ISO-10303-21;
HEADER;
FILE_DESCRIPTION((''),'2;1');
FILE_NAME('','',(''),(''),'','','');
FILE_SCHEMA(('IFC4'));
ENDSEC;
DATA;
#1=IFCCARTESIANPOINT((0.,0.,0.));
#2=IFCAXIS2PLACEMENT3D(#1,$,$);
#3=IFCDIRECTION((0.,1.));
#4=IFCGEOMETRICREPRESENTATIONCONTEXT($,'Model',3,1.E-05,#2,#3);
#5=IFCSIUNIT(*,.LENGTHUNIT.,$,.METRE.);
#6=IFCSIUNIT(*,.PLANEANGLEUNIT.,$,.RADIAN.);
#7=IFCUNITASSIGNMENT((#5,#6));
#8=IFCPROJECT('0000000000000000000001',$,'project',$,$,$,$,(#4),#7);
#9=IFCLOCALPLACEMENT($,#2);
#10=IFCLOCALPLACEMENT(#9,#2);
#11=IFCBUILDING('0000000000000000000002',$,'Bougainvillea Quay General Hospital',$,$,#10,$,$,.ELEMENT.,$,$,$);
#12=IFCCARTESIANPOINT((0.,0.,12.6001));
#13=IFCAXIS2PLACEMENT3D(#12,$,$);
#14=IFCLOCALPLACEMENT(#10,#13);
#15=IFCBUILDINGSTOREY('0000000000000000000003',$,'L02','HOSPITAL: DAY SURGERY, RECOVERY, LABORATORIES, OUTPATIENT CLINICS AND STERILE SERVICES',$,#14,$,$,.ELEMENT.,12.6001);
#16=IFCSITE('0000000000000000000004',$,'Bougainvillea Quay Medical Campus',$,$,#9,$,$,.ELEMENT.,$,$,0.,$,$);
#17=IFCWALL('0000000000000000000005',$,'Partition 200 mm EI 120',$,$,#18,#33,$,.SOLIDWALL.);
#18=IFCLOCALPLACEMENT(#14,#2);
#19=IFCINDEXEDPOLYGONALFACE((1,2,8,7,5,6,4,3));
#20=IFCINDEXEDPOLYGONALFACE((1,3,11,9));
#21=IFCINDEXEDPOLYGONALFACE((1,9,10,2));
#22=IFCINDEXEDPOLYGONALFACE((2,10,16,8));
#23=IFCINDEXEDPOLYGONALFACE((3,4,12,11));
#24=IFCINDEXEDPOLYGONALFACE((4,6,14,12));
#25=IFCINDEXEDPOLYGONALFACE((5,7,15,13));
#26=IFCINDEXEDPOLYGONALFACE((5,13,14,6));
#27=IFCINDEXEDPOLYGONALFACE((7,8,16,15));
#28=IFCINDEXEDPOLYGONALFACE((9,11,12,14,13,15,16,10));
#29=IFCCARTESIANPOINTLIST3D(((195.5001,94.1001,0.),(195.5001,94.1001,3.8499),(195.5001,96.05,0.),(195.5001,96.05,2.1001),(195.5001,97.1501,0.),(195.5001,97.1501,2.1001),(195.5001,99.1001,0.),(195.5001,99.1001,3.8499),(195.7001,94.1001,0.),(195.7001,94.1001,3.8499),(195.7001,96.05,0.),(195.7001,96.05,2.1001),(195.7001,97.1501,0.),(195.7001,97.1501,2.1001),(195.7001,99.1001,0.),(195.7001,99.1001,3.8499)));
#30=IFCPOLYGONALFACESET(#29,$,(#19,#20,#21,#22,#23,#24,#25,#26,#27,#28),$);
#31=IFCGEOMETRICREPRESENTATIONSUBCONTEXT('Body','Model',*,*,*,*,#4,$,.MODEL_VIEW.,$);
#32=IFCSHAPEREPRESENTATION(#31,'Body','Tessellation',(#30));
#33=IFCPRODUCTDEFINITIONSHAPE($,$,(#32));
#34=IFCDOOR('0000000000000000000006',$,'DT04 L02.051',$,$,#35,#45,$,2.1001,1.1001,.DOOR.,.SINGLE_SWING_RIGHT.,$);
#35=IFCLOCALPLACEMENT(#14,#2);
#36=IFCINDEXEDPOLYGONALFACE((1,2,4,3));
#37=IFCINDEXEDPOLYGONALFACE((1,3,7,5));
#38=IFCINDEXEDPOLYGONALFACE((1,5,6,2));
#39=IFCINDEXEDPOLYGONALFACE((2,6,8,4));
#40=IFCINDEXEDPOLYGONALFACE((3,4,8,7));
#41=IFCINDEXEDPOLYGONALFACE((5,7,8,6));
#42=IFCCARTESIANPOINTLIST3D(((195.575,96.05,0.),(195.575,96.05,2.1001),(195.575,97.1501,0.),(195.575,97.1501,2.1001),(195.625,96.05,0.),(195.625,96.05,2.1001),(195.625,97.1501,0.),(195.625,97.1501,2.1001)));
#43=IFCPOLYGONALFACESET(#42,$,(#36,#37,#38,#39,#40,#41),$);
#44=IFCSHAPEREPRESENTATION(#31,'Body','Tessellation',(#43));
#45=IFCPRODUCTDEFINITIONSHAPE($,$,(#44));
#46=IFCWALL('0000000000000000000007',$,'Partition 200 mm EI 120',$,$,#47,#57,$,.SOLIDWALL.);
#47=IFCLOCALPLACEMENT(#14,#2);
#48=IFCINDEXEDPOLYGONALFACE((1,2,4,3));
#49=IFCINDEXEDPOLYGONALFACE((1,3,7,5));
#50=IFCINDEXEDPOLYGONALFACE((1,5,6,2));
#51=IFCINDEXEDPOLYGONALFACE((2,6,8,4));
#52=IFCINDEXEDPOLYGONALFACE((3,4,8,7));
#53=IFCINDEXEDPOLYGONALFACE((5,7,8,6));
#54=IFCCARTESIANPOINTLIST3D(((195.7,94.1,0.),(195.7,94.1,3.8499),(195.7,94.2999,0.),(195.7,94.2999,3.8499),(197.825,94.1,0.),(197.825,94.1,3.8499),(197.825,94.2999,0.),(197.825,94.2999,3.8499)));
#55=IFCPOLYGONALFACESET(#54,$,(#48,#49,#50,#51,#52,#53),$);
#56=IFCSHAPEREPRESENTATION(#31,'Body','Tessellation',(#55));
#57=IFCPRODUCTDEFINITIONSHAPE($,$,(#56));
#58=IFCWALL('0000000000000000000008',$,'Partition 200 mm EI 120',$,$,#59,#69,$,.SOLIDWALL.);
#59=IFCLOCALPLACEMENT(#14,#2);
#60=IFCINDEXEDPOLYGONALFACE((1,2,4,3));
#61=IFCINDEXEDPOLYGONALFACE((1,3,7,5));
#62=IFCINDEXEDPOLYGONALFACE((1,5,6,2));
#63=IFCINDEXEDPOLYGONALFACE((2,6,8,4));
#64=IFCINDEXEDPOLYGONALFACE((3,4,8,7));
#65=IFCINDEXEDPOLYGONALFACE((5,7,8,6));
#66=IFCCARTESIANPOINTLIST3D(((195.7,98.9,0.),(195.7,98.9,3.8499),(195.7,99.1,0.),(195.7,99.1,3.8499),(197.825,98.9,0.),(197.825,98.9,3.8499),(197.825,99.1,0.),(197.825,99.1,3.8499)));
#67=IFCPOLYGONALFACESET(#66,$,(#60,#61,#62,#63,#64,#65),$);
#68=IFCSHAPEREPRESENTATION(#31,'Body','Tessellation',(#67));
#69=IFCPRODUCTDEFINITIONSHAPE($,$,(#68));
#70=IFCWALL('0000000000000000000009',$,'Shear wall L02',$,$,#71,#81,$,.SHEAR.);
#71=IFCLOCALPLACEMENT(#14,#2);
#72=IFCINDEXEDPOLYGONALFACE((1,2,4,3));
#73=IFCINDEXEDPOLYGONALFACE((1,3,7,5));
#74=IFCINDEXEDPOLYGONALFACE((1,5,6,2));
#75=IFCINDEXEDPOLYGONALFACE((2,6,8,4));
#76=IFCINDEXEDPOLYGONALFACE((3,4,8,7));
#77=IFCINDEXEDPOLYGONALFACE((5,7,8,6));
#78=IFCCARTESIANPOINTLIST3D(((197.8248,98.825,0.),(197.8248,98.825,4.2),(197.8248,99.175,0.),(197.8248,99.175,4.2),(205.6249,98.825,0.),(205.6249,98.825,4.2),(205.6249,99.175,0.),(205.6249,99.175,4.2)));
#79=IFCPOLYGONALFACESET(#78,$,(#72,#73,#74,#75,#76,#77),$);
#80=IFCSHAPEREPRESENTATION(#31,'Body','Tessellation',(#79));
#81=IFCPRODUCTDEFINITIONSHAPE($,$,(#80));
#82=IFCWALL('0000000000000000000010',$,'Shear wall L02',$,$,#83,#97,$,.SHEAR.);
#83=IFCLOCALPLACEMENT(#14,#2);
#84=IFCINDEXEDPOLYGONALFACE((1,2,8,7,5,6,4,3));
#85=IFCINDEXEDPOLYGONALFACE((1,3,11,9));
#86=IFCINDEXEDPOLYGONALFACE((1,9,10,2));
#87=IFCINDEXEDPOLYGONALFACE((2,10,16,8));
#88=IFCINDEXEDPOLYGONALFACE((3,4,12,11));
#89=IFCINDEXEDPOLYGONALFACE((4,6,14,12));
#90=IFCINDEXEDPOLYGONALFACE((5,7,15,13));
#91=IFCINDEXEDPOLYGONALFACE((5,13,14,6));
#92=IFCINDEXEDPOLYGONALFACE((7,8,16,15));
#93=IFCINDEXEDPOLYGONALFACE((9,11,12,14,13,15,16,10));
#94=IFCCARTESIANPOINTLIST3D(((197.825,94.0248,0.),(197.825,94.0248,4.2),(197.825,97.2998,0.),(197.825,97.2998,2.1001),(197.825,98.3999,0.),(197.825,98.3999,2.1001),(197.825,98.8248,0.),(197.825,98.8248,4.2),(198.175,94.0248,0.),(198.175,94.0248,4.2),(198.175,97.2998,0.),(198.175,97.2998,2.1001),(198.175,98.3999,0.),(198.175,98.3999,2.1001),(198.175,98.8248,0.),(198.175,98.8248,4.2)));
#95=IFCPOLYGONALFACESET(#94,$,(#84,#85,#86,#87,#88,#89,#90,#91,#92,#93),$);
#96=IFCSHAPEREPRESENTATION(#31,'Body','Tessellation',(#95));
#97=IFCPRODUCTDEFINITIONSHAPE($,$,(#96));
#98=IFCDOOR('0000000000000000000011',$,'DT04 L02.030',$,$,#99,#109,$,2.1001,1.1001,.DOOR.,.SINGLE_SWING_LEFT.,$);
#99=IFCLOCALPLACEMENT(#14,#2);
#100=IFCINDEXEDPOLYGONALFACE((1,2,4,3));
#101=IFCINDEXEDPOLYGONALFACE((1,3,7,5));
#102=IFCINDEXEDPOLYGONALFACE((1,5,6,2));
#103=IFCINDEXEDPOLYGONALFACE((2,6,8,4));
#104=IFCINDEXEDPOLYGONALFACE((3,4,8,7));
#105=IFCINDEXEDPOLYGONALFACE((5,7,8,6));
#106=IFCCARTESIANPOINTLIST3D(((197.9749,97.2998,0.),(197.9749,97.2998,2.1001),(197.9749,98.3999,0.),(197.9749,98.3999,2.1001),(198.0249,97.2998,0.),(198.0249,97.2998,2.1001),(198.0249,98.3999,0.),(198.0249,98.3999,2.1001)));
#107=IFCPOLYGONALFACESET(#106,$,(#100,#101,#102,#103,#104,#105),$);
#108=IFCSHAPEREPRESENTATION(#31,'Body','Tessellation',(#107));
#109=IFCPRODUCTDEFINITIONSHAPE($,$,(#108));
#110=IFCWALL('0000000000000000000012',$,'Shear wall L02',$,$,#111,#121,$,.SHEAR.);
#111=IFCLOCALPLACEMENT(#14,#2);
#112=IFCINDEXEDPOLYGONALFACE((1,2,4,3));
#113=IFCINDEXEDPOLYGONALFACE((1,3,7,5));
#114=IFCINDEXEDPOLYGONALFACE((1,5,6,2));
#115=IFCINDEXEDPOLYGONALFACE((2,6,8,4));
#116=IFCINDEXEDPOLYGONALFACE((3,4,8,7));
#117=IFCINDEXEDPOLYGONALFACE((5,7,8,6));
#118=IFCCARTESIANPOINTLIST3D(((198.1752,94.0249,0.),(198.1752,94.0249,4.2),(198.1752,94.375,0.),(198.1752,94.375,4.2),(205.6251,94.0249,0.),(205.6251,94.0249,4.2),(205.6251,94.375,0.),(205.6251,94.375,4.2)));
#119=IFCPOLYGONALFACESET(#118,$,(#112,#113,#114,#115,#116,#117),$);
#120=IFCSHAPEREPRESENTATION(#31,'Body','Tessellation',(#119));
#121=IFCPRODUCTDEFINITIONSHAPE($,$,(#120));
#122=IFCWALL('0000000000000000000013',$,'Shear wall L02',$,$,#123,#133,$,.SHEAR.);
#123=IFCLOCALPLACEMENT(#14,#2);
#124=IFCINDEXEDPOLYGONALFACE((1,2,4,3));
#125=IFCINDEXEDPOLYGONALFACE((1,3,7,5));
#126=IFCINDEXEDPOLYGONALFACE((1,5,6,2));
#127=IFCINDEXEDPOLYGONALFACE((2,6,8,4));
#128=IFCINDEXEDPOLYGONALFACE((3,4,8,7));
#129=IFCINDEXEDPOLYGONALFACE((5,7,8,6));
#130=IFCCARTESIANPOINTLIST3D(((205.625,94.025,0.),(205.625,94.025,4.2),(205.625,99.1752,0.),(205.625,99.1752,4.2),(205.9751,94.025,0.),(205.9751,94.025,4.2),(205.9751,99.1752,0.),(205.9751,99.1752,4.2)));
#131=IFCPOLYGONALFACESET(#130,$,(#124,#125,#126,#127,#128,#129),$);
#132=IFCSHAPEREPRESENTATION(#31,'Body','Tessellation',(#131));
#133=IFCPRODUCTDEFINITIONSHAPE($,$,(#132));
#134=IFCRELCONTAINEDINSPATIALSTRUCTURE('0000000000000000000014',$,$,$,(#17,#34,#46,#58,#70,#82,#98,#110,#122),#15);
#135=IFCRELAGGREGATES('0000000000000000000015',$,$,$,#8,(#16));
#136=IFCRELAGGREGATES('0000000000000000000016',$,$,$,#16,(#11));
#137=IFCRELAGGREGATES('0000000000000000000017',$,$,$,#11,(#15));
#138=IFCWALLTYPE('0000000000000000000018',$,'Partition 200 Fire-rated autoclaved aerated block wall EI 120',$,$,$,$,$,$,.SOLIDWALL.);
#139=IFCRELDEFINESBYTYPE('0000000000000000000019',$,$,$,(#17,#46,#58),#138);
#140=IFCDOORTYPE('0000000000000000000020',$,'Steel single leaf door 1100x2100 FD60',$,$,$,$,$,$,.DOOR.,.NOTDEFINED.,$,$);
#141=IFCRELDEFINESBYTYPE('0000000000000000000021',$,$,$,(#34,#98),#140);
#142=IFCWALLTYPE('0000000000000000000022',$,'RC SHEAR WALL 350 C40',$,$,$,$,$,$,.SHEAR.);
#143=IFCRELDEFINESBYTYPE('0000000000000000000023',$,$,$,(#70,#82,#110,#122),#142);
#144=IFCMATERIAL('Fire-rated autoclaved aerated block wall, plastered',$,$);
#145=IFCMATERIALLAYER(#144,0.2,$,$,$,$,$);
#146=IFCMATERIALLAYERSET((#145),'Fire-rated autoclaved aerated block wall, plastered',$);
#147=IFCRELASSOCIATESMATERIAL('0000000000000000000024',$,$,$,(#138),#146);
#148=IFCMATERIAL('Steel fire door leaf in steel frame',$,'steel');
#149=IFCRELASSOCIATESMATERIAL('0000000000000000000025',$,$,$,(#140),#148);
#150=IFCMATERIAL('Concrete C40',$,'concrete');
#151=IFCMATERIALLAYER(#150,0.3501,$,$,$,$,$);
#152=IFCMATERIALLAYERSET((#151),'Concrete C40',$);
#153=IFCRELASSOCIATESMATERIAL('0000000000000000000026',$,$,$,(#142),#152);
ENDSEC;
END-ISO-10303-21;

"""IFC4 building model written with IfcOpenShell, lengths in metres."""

from ifc_helpers import new_model, si_unit, direction, frame, frame_2d, origin, place, context, subcontext, project, spatial, rectangle, extrude, material, layer, layer_set, type_object, element, fill, save


model = new_model("IFC4")

# Units and contexts
model_context = context("Model", 3, precision=1e-05, world=origin(), true_north=direction((0.0, 1.0)))
body_context = subcontext(model_context, "Body", "Model", "MODEL_VIEW")
ifc_project = project(units=[si_unit("LENGTHUNIT", "METRE"), si_unit("PLANEANGLEUNIT", "RADIAN")], contexts=[model_context])

# Site, building, storey
site_placement = place(None, origin())
site = spatial("IfcSite", under=ifc_project, at=site_placement, Name="Bougainvillea Quay Medical Campus", CompositionType="ELEMENT", RefElevation=0.0)
building_placement = place(site_placement, origin())
building = spatial("IfcBuilding", under=site, at=building_placement, Name="Bougainvillea Quay General Hospital", CompositionType="ELEMENT")
storey_placement = place(building_placement, frame((0.0, 0.0, 12.6001)))
storey = spatial("IfcBuildingStorey", under=building, at=storey_placement, Name="L02", Description="HOSPITAL: DAY SURGERY, RECOVERY, LABORATORIES, OUTPATIENT CLINICS AND STERILE SERVICES", CompositionType="ELEMENT", Elevation=12.6001)

# Shared definitions
ifc_material_1 = material(Name="Concrete C40", Category="concrete")

# Wall, opening, door
ifc_material_2 = material(Name="Fire-rated autoclaved aerated block wall, plastered")
ifc_layer_1 = layer(ifc_material_2, 0.2)
ifc_layer_set_1 = layer_set([ifc_layer_1], Name="Fire-rated autoclaved aerated block wall, plastered")
wall_type_1 = type_object("IfcWallType", Name="Partition 200 Fire-rated autoclaved aerated block wall EI 120", PredefinedType="SOLIDWALL", material=ifc_layer_set_1)
wall_1_placement = place(storey_placement, frame((195.6001, 94.1001, 0.0), z_axis=(0.0, 0.0, 1.0), x_axis=(0.0, 1.0, 0.0)))
wall_1 = element("IfcWall", 1, at=wall_1_placement, inside=storey, type_object=wall_type_1, Name="Partition 200 mm EI 120", PredefinedType="SOLIDWALL", context=body_context, shape_type="SweptSolid", body=[
    extrude(rectangle(XDim=5.0, YDim=0.2, at=frame_2d((2.5, 0.0))), origin(), (0.0, 0.0, 1.0), 3.8499),
])
opening_1_placement = place(wall_1_placement, frame((1.95, 0.0, 0.0)))
opening_1 = element("IfcOpeningElement", 2, at=opening_1_placement, cuts=wall_1, PredefinedType="OPENING", context=body_context, shape_type="SweptSolid", body=[
    extrude(rectangle(XDim=1.1001, YDim=2.1001, at=frame_2d((0.55, 1.05))), frame((0.0, 0.1099, 0.0), z_axis=(0.0, -1.0, 0.0), x_axis=(1.0, 0.0, 0.0)), (0.0, 0.0, 1.0), 0.22),
])
ifc_material_3 = material(Name="Steel fire door leaf in steel frame", Category="steel")
door_type = type_object("IfcDoorType", Name="Steel single leaf door 1100x2100 FD60", OperationType="NOTDEFINED", PredefinedType="DOOR", material=ifc_material_3)
door_1_placement = place(opening_1_placement, frame((1.1001, 0.0, 0.0), z_axis=(0.0, 0.0, 1.0), x_axis=(-1.0, 0.0, 0.0)))
door_1 = element("IfcDoor", 3, at=door_1_placement, inside=storey, type_object=door_type, Name="DT04 L02.051", OperationType="SINGLE_SWING_RIGHT", OverallHeight=2.1001, OverallWidth=1.1001, PredefinedType="DOOR", context=body_context, shape_type="SweptSolid", body=[
    extrude(rectangle(XDim=1.1001, YDim=2.1001, at=frame_2d((0.55, 1.05))), frame((0.0, 0.0249, 0.0), z_axis=(0.0, -1.0, 0.0), x_axis=(1.0, 0.0, 0.0)), (0.0, 0.0, 1.0), 0.05),
])
fill(opening_1, door_1)

# Walls
for number, where, z_axis, x_axis, name in (
    (4, (195.7, 94.2, 0.0), (0.0, 0.0, 1.0), (1.0, 0.0, 0.0), "Partition 200 mm EI 120"),
    (5, (195.7, 99.0, 0.0), (0.0, 0.0, 1.0), (1.0, 0.0, 0.0), "Partition 200 mm EI 120"),
):
    element("IfcWall", number, at=place(storey_placement, frame(where, z_axis=z_axis, x_axis=x_axis)), inside=storey, type_object=wall_type_1, Name=name, PredefinedType="SOLIDWALL", context=body_context, shape_type="SweptSolid", body=[
        extrude(rectangle(XDim=2.125, YDim=0.2, at=frame_2d((1.0625, 0.0))), origin(), (0.0, 0.0, 1.0), 3.8499),
    ])
ifc_layer_2 = layer(ifc_material_1, 0.3501)
ifc_layer_set_2 = layer_set([ifc_layer_2], Name="Concrete C40")
wall_type_2 = type_object("IfcWallType", Name="RC SHEAR WALL 350 C40", PredefinedType="SHEAR", material=ifc_layer_set_2)
wall_2_placement = place(storey_placement, frame((197.825, 99.0, 0.0), z_axis=(0.0, 0.0, 1.0), x_axis=(1.0, 0.0, 0.0)))
element("IfcWall", 6, at=wall_2_placement, inside=storey, type_object=wall_type_2, Name="Shear wall L02", PredefinedType="SHEAR", context=body_context, shape_type="SweptSolid", body=[
    extrude(rectangle(XDim=7.8, YDim=0.3501, at=frame_2d((3.8999, 0.0))), origin(), (0.0, 0.0, 1.0), 4.2),
])

# Wall, opening, door
wall_3_placement = place(storey_placement, frame((198.0, 94.0249, 0.0), z_axis=(0.0, 0.0, 1.0), x_axis=(0.0, 1.0, 0.0)))
wall_3 = element("IfcWall", 7, at=wall_3_placement, inside=storey, type_object=wall_type_2, Name="Shear wall L02", PredefinedType="SHEAR", context=body_context, shape_type="SweptSolid", body=[
    extrude(rectangle(XDim=4.8, YDim=0.3501, at=frame_2d((2.3999, 0.0))), origin(), (0.0, 0.0, 1.0), 4.2),
])
opening_2_placement = place(wall_3_placement, frame((3.2749, 0.0, 0.0)))
opening_2 = element("IfcOpeningElement", 8, at=opening_2_placement, cuts=wall_3, PredefinedType="OPENING", context=body_context, shape_type="SweptSolid", body=[
    extrude(rectangle(XDim=1.1001, YDim=2.1001, at=frame_2d((0.55, 1.05))), frame((0.0, 0.1851, 0.0), z_axis=(0.0, -1.0, 0.0), x_axis=(1.0, 0.0, 0.0)), (0.0, 0.0, 1.0), 0.3701),
])
door_2_placement = place(opening_2_placement, frame((1.1001, 0.0, 0.0), z_axis=(0.0, 0.0, 1.0), x_axis=(-1.0, 0.0, 0.0)))
door_2 = element("IfcDoor", 9, at=door_2_placement, inside=storey, type_object=door_type, Name="DT04 L02.030", OperationType="SINGLE_SWING_LEFT", OverallHeight=2.1001, OverallWidth=1.1001, PredefinedType="DOOR", context=body_context, shape_type="SweptSolid", body=[
    extrude(rectangle(XDim=1.1001, YDim=2.1001, at=frame_2d((0.55, 1.05))), frame((0.0, 0.0249, 0.0), z_axis=(0.0, -1.0, 0.0), x_axis=(1.0, 0.0, 0.0)), (0.0, 0.0, 1.0), 0.05),
])
fill(opening_2, door_2)

# Walls
wall_4_placement = place(storey_placement, frame((198.175, 94.2, 0.0), z_axis=(0.0, 0.0, 1.0), x_axis=(1.0, 0.0, 0.0)))
element("IfcWall", 10, at=wall_4_placement, inside=storey, type_object=wall_type_2, Name="Shear wall L02", PredefinedType="SHEAR", context=body_context, shape_type="SweptSolid", body=[
    extrude(rectangle(XDim=7.45, YDim=0.3501, at=frame_2d((3.7251, 0.0))), origin(), (0.0, 0.0, 1.0), 4.2),
])
wall_5_placement = place(storey_placement, frame((205.8, 94.0249, 0.0), z_axis=(0.0, 0.0, 1.0), x_axis=(0.0, 1.0, 0.0)))
element("IfcWall", 11, at=wall_5_placement, inside=storey, type_object=wall_type_2, Name="Shear wall L02", PredefinedType="SHEAR", context=body_context, shape_type="SweptSolid", body=[
    extrude(rectangle(XDim=5.1501, YDim=0.3501, at=frame_2d((2.5752, 0.0))), origin(), (0.0, 0.0, 1.0), 4.2),
])

save(model, "model.ifc")
